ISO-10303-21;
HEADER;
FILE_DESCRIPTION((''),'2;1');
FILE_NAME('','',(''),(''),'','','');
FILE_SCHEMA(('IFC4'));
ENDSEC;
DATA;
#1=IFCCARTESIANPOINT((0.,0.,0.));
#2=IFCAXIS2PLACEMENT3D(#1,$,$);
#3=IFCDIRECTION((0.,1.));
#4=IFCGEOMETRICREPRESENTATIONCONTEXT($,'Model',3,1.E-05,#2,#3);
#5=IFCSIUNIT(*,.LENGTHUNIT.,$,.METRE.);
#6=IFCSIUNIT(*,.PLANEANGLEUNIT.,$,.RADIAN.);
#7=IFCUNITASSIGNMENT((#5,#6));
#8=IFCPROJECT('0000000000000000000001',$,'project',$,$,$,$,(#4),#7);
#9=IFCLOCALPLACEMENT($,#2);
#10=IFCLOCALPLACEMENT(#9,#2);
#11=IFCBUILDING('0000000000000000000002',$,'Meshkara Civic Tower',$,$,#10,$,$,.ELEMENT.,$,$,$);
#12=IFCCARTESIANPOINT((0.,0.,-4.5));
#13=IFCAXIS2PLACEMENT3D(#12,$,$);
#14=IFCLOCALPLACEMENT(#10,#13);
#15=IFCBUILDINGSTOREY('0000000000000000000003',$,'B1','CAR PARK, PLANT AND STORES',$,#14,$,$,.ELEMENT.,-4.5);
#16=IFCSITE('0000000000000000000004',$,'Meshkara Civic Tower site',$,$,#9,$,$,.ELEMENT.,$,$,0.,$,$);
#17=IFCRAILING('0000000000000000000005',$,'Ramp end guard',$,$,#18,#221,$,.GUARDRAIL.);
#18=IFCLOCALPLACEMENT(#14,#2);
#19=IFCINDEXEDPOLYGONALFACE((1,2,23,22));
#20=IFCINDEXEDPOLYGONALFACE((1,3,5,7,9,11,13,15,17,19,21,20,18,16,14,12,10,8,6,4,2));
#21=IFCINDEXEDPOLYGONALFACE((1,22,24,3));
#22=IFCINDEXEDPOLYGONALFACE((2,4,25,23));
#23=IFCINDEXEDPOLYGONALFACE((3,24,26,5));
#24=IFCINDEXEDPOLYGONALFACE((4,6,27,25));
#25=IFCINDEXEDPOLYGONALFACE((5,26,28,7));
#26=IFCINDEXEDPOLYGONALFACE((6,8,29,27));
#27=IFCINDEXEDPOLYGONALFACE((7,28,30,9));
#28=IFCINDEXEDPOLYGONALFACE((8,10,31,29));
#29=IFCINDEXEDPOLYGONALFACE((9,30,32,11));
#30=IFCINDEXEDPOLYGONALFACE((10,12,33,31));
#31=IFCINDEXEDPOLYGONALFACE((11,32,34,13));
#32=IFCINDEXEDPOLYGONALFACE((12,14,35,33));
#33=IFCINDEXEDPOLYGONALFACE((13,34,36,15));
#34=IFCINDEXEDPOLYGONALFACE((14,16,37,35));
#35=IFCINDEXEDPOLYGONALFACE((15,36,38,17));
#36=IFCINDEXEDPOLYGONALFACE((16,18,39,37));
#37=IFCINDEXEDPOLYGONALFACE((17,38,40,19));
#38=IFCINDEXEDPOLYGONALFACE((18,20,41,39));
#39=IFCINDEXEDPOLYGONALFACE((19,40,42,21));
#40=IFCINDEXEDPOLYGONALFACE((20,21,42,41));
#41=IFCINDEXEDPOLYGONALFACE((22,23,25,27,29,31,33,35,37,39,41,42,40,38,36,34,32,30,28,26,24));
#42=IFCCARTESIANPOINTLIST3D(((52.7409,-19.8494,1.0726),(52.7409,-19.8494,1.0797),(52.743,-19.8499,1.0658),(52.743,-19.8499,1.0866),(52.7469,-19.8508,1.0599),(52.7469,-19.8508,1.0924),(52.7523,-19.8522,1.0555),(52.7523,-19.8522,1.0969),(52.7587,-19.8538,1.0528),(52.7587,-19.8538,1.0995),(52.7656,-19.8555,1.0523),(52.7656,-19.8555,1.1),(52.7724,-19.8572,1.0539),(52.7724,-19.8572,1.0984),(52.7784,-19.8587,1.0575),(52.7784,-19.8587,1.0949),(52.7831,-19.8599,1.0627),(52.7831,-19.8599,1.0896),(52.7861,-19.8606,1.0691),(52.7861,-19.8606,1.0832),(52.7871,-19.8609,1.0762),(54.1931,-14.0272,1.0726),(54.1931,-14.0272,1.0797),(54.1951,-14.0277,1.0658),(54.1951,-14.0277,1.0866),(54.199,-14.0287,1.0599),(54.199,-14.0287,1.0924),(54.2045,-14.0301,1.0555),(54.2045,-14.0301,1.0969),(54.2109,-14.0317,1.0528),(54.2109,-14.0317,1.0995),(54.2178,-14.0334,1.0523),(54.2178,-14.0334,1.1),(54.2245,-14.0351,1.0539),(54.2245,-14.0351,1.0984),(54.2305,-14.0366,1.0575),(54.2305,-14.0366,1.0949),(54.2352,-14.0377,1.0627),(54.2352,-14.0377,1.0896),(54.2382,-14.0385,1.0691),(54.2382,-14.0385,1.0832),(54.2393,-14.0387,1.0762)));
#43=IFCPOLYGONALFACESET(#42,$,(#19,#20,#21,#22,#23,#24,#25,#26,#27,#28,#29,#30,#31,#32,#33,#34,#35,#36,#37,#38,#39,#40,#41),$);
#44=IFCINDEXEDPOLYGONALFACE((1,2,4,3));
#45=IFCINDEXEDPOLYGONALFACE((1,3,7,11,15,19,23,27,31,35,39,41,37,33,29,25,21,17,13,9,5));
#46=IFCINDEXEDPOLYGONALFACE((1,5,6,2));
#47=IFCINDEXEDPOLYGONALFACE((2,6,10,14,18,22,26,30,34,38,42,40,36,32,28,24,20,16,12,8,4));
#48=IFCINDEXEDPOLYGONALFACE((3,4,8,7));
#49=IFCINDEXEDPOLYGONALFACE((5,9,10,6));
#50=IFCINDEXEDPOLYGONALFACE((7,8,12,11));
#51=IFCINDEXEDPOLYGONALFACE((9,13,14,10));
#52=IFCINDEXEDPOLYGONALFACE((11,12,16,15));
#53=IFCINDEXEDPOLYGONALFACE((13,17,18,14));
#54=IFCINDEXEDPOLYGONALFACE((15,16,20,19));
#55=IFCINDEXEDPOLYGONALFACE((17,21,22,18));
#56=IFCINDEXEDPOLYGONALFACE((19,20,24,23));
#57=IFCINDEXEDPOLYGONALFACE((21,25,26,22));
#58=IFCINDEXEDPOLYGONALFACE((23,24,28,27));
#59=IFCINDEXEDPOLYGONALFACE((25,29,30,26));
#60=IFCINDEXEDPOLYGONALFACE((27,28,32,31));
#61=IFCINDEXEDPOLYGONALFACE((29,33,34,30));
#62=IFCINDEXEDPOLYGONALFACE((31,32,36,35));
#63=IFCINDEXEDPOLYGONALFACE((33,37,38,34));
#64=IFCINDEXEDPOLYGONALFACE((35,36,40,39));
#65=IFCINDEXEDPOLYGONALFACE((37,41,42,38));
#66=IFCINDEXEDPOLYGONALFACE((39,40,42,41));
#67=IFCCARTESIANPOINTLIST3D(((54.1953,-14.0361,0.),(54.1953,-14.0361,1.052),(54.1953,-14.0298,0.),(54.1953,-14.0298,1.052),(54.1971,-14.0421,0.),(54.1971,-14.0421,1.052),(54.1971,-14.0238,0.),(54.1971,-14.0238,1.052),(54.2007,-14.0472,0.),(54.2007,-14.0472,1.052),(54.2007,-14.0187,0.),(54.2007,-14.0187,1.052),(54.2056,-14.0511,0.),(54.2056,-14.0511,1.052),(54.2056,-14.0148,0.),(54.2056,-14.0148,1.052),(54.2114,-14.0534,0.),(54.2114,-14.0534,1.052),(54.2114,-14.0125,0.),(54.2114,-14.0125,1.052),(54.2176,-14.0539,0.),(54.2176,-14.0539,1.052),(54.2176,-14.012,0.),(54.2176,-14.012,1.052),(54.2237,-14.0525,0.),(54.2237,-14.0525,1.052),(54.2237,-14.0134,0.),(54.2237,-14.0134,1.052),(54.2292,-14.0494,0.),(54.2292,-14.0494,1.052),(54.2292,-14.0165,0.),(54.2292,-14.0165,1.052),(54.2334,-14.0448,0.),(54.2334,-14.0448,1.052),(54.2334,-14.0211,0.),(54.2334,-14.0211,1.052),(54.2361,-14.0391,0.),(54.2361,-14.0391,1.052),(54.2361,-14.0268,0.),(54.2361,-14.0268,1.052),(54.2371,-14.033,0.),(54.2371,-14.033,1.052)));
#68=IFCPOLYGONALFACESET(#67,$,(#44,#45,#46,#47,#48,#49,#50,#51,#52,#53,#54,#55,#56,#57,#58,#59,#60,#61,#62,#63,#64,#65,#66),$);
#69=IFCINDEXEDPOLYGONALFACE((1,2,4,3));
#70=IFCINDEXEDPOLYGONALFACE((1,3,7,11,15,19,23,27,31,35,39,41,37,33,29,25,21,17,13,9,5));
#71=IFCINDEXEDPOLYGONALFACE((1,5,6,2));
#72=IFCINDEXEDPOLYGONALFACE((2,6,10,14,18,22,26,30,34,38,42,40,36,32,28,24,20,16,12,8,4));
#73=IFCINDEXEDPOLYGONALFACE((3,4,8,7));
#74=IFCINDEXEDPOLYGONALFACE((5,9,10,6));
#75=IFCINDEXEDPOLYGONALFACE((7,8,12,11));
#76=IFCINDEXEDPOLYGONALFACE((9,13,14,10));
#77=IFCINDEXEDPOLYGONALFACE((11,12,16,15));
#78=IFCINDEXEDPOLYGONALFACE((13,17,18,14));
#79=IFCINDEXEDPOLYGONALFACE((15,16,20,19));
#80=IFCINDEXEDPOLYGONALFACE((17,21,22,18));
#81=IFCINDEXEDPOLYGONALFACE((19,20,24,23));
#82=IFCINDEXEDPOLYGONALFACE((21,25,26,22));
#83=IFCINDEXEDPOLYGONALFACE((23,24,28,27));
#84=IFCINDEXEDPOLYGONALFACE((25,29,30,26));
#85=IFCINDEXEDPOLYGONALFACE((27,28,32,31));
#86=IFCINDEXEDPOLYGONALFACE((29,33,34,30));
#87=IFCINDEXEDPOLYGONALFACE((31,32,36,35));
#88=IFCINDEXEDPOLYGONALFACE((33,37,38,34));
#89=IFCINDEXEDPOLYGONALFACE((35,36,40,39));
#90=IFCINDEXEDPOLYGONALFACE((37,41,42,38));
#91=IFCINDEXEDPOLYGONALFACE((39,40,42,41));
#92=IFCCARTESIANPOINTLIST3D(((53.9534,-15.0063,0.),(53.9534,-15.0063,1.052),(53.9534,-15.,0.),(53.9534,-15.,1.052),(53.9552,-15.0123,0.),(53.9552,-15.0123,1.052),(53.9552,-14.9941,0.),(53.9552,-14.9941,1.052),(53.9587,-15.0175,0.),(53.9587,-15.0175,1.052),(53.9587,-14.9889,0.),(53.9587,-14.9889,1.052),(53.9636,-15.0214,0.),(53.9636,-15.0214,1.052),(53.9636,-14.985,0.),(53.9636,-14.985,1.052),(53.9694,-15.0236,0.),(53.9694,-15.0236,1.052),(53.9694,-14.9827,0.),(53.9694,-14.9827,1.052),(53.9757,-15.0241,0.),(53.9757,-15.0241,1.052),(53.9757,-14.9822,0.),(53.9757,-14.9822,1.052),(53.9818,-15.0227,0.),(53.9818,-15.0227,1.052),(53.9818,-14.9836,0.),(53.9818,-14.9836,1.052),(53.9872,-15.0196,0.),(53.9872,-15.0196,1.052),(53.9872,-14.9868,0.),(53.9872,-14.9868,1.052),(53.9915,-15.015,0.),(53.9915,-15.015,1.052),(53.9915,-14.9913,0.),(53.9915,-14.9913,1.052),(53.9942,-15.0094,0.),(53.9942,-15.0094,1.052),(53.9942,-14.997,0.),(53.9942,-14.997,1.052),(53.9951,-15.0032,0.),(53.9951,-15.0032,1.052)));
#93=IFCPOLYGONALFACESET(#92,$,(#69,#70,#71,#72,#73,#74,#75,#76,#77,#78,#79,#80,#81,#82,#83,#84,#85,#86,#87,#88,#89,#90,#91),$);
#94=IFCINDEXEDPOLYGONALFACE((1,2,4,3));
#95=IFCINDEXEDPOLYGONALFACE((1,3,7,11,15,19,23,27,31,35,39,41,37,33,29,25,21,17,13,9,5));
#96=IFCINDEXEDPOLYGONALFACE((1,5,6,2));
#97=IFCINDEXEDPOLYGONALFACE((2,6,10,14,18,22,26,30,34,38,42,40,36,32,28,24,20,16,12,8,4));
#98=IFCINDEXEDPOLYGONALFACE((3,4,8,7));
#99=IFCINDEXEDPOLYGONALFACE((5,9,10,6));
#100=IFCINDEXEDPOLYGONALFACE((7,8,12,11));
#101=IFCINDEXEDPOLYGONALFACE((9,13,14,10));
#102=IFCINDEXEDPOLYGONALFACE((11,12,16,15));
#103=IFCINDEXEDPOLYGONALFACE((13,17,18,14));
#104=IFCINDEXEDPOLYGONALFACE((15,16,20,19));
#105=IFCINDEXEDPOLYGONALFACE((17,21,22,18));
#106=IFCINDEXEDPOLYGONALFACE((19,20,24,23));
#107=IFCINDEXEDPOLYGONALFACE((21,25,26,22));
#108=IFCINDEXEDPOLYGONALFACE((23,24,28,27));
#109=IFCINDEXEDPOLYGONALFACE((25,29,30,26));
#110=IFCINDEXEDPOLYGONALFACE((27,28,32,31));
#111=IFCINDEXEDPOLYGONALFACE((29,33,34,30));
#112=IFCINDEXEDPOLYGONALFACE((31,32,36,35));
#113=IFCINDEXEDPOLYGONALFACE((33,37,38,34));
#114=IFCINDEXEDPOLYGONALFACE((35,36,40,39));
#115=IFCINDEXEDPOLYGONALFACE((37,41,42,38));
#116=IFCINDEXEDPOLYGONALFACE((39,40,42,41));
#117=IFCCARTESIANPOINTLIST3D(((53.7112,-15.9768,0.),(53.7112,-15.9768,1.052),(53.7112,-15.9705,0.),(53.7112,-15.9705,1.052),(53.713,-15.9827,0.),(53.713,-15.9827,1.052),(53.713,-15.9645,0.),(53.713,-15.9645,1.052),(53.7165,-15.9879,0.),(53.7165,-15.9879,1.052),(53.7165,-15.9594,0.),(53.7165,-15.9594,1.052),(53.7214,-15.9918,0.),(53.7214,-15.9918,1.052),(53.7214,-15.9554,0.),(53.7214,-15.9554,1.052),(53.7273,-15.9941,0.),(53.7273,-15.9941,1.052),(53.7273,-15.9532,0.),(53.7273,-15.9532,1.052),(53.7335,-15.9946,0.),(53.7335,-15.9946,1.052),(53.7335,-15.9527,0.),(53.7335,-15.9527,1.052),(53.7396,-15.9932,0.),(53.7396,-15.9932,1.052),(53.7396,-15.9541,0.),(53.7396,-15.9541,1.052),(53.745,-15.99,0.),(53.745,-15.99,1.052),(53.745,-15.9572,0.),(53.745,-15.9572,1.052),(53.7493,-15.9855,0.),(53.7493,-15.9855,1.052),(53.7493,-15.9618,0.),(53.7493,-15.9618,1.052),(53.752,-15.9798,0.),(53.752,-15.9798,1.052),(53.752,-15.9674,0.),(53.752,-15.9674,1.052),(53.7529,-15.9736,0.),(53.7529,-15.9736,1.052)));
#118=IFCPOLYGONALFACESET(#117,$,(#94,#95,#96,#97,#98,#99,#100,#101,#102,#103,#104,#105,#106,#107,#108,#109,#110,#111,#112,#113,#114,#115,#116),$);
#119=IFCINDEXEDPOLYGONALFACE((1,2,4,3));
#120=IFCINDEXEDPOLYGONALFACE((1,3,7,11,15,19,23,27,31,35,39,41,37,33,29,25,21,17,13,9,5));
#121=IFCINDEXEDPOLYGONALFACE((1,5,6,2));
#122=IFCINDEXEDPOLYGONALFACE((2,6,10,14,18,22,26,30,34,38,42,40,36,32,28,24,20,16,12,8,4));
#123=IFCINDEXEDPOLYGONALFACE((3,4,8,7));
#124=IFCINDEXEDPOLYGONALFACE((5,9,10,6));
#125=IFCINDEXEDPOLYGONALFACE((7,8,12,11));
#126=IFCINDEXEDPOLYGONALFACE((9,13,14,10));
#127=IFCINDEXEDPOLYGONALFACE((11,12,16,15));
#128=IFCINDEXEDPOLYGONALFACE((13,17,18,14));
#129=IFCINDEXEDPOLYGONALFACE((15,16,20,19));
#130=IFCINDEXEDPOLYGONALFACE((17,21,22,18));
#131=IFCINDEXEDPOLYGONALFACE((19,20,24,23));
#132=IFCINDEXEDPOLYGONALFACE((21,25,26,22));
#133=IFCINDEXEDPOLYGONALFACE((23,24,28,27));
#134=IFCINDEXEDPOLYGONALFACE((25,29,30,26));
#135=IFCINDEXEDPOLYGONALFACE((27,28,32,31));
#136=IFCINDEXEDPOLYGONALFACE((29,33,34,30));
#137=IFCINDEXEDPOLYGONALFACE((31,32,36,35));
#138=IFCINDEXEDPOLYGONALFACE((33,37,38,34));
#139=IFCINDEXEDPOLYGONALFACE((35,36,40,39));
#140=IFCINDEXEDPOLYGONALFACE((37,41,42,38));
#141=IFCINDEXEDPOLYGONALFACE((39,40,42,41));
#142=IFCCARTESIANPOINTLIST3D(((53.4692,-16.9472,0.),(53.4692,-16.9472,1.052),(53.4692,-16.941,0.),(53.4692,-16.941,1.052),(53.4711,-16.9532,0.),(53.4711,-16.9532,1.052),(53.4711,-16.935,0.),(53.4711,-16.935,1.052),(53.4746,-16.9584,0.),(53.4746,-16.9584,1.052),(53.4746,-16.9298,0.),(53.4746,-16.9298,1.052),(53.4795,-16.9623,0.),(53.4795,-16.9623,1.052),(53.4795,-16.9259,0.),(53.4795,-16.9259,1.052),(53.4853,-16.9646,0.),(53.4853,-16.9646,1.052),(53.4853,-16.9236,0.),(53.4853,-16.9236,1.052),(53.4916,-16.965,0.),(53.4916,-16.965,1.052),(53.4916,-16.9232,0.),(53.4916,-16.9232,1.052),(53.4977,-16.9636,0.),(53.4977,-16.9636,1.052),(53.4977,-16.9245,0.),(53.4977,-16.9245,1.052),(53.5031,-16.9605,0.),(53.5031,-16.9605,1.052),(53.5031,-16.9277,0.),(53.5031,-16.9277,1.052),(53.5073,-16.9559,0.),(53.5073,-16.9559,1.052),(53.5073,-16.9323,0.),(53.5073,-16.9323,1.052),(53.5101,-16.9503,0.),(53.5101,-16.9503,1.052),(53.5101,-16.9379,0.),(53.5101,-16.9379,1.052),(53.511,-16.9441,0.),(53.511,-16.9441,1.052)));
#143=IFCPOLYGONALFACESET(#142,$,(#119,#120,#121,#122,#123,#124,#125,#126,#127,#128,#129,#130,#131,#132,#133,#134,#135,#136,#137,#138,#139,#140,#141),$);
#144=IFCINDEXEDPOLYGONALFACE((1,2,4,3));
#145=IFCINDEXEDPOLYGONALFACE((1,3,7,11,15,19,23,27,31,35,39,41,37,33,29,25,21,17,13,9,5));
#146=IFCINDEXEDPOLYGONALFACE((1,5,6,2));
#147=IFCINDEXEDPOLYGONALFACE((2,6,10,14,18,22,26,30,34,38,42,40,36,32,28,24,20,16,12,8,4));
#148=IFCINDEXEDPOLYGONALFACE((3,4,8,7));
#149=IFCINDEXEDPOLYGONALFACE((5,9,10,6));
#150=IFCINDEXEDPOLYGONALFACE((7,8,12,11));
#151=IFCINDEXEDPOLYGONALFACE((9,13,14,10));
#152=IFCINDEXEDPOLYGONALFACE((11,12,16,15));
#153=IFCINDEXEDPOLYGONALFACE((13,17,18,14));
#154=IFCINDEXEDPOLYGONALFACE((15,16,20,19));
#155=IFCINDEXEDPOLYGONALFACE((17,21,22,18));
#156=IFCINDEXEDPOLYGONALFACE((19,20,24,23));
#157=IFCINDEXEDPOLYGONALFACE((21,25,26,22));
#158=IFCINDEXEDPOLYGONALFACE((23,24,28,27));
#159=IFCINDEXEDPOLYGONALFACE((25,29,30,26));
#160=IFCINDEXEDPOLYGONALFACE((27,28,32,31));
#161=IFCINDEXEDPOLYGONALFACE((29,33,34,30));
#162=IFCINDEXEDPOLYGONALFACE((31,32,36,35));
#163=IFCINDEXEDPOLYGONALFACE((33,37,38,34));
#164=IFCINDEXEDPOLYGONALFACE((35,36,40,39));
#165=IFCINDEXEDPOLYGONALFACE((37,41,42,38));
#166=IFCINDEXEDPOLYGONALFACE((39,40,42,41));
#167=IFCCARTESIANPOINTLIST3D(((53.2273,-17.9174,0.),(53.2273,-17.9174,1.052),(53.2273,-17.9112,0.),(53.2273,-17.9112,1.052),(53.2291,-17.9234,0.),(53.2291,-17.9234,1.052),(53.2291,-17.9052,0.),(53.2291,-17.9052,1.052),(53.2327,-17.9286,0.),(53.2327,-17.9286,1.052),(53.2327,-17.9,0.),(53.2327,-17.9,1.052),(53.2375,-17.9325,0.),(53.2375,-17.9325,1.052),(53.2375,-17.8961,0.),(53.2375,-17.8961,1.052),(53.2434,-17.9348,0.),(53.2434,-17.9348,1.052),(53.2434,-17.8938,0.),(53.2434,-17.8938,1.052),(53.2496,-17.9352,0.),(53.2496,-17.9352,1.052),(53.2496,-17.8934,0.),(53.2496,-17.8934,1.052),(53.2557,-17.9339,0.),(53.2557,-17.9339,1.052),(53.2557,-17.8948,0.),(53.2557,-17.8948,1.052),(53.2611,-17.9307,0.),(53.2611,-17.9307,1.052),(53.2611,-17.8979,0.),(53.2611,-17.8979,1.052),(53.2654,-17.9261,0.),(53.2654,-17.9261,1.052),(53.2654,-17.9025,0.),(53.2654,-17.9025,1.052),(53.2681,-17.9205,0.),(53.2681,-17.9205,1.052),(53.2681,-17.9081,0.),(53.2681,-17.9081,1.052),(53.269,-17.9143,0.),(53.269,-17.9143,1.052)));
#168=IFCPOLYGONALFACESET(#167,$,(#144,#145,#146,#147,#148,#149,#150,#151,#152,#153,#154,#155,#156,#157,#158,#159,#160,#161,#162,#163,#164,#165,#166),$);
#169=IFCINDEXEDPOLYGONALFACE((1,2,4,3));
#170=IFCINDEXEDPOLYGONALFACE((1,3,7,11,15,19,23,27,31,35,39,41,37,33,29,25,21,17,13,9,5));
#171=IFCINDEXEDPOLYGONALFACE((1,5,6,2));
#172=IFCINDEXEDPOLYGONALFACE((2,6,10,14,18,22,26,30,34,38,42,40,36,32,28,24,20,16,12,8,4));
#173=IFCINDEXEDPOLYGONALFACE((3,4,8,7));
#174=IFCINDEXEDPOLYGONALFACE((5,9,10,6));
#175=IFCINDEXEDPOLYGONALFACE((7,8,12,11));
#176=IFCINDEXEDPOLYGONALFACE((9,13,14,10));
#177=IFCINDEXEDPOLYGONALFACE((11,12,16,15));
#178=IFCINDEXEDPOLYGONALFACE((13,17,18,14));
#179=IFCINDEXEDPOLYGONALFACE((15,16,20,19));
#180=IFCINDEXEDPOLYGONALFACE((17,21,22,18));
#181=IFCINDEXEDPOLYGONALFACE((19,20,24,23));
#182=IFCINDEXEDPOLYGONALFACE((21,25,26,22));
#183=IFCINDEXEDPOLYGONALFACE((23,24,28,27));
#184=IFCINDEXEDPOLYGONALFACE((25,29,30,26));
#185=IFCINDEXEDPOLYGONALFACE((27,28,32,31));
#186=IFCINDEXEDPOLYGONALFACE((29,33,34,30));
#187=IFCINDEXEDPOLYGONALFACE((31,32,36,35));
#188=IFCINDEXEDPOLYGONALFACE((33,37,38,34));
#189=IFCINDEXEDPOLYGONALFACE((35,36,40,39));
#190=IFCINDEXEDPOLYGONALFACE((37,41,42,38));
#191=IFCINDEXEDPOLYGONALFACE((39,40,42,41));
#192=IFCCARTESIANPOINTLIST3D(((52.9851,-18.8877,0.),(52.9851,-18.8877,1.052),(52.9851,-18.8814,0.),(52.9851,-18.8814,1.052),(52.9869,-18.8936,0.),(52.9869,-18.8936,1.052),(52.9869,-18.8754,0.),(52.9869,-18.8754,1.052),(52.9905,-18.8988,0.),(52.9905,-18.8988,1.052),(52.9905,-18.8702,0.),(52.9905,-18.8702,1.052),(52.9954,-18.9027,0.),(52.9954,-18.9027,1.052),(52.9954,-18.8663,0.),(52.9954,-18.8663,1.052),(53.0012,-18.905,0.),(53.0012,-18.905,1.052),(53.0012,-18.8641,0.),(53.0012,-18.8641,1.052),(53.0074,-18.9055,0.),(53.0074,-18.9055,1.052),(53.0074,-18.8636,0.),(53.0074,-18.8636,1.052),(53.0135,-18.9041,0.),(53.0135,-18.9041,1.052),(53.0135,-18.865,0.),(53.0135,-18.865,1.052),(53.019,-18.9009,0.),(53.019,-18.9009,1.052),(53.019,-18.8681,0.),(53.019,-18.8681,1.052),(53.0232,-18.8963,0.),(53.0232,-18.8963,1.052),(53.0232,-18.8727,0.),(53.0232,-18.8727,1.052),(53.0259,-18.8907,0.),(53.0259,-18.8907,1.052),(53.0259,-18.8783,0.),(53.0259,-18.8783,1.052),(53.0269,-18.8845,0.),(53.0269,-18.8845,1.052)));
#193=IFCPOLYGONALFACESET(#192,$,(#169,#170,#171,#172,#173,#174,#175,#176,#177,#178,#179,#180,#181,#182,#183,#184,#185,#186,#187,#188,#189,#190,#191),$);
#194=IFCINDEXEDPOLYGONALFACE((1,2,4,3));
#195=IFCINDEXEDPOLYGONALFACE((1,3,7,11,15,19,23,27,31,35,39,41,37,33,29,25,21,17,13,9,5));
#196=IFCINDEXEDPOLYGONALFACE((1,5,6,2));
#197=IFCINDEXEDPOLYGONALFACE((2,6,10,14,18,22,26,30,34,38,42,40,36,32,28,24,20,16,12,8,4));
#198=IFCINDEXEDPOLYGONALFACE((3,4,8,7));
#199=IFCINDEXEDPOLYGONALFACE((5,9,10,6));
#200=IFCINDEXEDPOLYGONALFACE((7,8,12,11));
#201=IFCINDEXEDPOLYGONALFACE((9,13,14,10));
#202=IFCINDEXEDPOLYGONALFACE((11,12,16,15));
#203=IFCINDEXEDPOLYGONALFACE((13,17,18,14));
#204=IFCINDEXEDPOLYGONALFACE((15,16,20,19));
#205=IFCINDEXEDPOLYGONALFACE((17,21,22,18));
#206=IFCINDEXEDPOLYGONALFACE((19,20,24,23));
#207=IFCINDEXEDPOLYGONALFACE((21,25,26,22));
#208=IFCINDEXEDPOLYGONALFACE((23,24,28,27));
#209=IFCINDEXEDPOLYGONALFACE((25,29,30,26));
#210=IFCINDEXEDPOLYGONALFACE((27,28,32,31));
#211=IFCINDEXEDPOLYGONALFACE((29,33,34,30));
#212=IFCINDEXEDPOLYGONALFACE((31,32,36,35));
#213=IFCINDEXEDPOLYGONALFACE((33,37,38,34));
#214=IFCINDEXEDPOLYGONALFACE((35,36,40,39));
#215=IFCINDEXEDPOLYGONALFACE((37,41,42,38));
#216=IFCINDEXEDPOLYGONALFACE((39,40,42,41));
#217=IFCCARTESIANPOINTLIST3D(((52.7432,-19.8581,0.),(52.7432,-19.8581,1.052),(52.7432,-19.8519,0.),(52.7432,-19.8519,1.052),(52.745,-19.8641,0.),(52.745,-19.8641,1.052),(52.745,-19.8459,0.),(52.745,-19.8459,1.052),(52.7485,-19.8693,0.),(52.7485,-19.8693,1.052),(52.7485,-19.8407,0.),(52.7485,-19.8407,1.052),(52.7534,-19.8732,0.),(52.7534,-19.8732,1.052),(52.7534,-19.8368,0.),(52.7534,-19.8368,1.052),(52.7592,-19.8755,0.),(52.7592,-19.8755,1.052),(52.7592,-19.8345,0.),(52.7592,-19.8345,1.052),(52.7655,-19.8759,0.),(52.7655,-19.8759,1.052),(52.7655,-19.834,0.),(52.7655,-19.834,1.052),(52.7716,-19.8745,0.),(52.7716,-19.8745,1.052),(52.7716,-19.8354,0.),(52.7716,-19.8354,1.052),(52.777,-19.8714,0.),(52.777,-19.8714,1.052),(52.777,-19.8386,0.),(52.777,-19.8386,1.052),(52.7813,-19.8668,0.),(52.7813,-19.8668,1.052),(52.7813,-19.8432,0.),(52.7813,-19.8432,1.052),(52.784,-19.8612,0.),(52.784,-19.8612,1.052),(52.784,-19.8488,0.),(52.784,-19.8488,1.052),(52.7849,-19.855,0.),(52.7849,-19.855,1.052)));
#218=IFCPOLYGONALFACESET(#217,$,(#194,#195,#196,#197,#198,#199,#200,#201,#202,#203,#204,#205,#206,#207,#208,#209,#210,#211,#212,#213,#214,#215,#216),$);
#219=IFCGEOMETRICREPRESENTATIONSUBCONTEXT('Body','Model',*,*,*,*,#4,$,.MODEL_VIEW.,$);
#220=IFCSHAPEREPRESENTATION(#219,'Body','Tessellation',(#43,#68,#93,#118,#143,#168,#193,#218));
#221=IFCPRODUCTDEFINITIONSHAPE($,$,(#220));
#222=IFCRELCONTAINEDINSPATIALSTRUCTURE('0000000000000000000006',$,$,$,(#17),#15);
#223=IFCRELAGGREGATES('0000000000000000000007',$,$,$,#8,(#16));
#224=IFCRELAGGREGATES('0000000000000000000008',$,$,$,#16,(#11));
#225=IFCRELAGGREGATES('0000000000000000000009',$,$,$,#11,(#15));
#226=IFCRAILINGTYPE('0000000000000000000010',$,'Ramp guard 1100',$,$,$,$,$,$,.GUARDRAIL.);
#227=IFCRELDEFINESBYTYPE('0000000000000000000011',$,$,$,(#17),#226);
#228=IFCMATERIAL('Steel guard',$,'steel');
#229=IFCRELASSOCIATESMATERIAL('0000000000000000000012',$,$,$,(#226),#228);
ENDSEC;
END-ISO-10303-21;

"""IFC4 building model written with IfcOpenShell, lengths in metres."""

from ifc_helpers import new_model, si_unit, direction, frame, origin, origin_2d, place, context, subcontext, project, spatial, circle, extrude, material, type_object, element, save


model = new_model("IFC4")

# Units and contexts
model_context = context("Model", 3, precision=1e-05, world=origin(), true_north=direction((0.0, 1.0)))
body_context = subcontext(model_context, "Body", "Model", "MODEL_VIEW")
ifc_project = project(units=[si_unit("LENGTHUNIT", "METRE"), si_unit("PLANEANGLEUNIT", "RADIAN")], contexts=[model_context])

# Site, building, storey
site_placement = place(None, origin())
site = spatial("IfcSite", under=ifc_project, at=site_placement, Name="Meshkara Civic Tower site", CompositionType="ELEMENT", RefElevation=0.0)
building_placement = place(site_placement, origin())
building = spatial("IfcBuilding", under=site, at=building_placement, Name="Meshkara Civic Tower", CompositionType="ELEMENT")
storey_placement = place(building_placement, frame((0.0, 0.0, -4.5)))
storey = spatial("IfcBuildingStorey", under=building, at=storey_placement, Name="B1", Description="CAR PARK, PLANT AND STORES", CompositionType="ELEMENT", Elevation=-4.5)

# Railing
ifc_material_1 = material(Name="Steel guard", Category="steel")
railing_type_1 = type_object("IfcRailingType", Name="Ramp guard 1100", PredefinedType="GUARDRAIL", material=ifc_material_1)
railing_1_placement = place(storey_placement, frame((54.2161, -14.033, 0.0)))
element("IfcRailing", 1, at=railing_1_placement, inside=storey, type_object=railing_type_1, Name="Ramp end guard", PredefinedType="GUARDRAIL", context=body_context, shape_type="SweptSolid", body=[
    extrude(circle(Radius=0.0239, at=origin_2d()), frame((0.0, 0.0, 1.0762), z_axis=(-0.242009, -0.970274, 0.0), x_axis=(0.970274, -0.242009, 0.0)), (0.0, 0.0, 1.0), 6.0005),
    extrude(circle(Radius=0.021, at=origin_2d()), origin(), (0.0, 0.0, 1.0), 1.052),
    extrude(circle(Radius=0.021, at=origin_2d()), frame((-0.2419, -0.9702, 0.0)), (0.0, 0.0, 1.0), 1.052),
    extrude(circle(Radius=0.021, at=origin_2d()), frame((-0.4841, -1.9407, 0.0)), (0.0, 0.0, 1.0), 1.052),
    extrude(circle(Radius=0.021, at=origin_2d()), frame((-0.7261, -2.9111, 0.0)), (0.0, 0.0, 1.0), 1.052),
    extrude(circle(Radius=0.021, at=origin_2d()), frame((-0.968, -3.8813, 0.0)), (0.0, 0.0, 1.0), 1.052),
    extrude(circle(Radius=0.021, at=origin_2d()), frame((-1.2102, -4.8516, 0.0)), (0.0, 0.0, 1.0), 1.052),
    extrude(circle(Radius=0.021, at=origin_2d()), frame((-1.4521, -5.822, 0.0)), (0.0, 0.0, 1.0), 1.052),
])

save(model, "model.ifc")
